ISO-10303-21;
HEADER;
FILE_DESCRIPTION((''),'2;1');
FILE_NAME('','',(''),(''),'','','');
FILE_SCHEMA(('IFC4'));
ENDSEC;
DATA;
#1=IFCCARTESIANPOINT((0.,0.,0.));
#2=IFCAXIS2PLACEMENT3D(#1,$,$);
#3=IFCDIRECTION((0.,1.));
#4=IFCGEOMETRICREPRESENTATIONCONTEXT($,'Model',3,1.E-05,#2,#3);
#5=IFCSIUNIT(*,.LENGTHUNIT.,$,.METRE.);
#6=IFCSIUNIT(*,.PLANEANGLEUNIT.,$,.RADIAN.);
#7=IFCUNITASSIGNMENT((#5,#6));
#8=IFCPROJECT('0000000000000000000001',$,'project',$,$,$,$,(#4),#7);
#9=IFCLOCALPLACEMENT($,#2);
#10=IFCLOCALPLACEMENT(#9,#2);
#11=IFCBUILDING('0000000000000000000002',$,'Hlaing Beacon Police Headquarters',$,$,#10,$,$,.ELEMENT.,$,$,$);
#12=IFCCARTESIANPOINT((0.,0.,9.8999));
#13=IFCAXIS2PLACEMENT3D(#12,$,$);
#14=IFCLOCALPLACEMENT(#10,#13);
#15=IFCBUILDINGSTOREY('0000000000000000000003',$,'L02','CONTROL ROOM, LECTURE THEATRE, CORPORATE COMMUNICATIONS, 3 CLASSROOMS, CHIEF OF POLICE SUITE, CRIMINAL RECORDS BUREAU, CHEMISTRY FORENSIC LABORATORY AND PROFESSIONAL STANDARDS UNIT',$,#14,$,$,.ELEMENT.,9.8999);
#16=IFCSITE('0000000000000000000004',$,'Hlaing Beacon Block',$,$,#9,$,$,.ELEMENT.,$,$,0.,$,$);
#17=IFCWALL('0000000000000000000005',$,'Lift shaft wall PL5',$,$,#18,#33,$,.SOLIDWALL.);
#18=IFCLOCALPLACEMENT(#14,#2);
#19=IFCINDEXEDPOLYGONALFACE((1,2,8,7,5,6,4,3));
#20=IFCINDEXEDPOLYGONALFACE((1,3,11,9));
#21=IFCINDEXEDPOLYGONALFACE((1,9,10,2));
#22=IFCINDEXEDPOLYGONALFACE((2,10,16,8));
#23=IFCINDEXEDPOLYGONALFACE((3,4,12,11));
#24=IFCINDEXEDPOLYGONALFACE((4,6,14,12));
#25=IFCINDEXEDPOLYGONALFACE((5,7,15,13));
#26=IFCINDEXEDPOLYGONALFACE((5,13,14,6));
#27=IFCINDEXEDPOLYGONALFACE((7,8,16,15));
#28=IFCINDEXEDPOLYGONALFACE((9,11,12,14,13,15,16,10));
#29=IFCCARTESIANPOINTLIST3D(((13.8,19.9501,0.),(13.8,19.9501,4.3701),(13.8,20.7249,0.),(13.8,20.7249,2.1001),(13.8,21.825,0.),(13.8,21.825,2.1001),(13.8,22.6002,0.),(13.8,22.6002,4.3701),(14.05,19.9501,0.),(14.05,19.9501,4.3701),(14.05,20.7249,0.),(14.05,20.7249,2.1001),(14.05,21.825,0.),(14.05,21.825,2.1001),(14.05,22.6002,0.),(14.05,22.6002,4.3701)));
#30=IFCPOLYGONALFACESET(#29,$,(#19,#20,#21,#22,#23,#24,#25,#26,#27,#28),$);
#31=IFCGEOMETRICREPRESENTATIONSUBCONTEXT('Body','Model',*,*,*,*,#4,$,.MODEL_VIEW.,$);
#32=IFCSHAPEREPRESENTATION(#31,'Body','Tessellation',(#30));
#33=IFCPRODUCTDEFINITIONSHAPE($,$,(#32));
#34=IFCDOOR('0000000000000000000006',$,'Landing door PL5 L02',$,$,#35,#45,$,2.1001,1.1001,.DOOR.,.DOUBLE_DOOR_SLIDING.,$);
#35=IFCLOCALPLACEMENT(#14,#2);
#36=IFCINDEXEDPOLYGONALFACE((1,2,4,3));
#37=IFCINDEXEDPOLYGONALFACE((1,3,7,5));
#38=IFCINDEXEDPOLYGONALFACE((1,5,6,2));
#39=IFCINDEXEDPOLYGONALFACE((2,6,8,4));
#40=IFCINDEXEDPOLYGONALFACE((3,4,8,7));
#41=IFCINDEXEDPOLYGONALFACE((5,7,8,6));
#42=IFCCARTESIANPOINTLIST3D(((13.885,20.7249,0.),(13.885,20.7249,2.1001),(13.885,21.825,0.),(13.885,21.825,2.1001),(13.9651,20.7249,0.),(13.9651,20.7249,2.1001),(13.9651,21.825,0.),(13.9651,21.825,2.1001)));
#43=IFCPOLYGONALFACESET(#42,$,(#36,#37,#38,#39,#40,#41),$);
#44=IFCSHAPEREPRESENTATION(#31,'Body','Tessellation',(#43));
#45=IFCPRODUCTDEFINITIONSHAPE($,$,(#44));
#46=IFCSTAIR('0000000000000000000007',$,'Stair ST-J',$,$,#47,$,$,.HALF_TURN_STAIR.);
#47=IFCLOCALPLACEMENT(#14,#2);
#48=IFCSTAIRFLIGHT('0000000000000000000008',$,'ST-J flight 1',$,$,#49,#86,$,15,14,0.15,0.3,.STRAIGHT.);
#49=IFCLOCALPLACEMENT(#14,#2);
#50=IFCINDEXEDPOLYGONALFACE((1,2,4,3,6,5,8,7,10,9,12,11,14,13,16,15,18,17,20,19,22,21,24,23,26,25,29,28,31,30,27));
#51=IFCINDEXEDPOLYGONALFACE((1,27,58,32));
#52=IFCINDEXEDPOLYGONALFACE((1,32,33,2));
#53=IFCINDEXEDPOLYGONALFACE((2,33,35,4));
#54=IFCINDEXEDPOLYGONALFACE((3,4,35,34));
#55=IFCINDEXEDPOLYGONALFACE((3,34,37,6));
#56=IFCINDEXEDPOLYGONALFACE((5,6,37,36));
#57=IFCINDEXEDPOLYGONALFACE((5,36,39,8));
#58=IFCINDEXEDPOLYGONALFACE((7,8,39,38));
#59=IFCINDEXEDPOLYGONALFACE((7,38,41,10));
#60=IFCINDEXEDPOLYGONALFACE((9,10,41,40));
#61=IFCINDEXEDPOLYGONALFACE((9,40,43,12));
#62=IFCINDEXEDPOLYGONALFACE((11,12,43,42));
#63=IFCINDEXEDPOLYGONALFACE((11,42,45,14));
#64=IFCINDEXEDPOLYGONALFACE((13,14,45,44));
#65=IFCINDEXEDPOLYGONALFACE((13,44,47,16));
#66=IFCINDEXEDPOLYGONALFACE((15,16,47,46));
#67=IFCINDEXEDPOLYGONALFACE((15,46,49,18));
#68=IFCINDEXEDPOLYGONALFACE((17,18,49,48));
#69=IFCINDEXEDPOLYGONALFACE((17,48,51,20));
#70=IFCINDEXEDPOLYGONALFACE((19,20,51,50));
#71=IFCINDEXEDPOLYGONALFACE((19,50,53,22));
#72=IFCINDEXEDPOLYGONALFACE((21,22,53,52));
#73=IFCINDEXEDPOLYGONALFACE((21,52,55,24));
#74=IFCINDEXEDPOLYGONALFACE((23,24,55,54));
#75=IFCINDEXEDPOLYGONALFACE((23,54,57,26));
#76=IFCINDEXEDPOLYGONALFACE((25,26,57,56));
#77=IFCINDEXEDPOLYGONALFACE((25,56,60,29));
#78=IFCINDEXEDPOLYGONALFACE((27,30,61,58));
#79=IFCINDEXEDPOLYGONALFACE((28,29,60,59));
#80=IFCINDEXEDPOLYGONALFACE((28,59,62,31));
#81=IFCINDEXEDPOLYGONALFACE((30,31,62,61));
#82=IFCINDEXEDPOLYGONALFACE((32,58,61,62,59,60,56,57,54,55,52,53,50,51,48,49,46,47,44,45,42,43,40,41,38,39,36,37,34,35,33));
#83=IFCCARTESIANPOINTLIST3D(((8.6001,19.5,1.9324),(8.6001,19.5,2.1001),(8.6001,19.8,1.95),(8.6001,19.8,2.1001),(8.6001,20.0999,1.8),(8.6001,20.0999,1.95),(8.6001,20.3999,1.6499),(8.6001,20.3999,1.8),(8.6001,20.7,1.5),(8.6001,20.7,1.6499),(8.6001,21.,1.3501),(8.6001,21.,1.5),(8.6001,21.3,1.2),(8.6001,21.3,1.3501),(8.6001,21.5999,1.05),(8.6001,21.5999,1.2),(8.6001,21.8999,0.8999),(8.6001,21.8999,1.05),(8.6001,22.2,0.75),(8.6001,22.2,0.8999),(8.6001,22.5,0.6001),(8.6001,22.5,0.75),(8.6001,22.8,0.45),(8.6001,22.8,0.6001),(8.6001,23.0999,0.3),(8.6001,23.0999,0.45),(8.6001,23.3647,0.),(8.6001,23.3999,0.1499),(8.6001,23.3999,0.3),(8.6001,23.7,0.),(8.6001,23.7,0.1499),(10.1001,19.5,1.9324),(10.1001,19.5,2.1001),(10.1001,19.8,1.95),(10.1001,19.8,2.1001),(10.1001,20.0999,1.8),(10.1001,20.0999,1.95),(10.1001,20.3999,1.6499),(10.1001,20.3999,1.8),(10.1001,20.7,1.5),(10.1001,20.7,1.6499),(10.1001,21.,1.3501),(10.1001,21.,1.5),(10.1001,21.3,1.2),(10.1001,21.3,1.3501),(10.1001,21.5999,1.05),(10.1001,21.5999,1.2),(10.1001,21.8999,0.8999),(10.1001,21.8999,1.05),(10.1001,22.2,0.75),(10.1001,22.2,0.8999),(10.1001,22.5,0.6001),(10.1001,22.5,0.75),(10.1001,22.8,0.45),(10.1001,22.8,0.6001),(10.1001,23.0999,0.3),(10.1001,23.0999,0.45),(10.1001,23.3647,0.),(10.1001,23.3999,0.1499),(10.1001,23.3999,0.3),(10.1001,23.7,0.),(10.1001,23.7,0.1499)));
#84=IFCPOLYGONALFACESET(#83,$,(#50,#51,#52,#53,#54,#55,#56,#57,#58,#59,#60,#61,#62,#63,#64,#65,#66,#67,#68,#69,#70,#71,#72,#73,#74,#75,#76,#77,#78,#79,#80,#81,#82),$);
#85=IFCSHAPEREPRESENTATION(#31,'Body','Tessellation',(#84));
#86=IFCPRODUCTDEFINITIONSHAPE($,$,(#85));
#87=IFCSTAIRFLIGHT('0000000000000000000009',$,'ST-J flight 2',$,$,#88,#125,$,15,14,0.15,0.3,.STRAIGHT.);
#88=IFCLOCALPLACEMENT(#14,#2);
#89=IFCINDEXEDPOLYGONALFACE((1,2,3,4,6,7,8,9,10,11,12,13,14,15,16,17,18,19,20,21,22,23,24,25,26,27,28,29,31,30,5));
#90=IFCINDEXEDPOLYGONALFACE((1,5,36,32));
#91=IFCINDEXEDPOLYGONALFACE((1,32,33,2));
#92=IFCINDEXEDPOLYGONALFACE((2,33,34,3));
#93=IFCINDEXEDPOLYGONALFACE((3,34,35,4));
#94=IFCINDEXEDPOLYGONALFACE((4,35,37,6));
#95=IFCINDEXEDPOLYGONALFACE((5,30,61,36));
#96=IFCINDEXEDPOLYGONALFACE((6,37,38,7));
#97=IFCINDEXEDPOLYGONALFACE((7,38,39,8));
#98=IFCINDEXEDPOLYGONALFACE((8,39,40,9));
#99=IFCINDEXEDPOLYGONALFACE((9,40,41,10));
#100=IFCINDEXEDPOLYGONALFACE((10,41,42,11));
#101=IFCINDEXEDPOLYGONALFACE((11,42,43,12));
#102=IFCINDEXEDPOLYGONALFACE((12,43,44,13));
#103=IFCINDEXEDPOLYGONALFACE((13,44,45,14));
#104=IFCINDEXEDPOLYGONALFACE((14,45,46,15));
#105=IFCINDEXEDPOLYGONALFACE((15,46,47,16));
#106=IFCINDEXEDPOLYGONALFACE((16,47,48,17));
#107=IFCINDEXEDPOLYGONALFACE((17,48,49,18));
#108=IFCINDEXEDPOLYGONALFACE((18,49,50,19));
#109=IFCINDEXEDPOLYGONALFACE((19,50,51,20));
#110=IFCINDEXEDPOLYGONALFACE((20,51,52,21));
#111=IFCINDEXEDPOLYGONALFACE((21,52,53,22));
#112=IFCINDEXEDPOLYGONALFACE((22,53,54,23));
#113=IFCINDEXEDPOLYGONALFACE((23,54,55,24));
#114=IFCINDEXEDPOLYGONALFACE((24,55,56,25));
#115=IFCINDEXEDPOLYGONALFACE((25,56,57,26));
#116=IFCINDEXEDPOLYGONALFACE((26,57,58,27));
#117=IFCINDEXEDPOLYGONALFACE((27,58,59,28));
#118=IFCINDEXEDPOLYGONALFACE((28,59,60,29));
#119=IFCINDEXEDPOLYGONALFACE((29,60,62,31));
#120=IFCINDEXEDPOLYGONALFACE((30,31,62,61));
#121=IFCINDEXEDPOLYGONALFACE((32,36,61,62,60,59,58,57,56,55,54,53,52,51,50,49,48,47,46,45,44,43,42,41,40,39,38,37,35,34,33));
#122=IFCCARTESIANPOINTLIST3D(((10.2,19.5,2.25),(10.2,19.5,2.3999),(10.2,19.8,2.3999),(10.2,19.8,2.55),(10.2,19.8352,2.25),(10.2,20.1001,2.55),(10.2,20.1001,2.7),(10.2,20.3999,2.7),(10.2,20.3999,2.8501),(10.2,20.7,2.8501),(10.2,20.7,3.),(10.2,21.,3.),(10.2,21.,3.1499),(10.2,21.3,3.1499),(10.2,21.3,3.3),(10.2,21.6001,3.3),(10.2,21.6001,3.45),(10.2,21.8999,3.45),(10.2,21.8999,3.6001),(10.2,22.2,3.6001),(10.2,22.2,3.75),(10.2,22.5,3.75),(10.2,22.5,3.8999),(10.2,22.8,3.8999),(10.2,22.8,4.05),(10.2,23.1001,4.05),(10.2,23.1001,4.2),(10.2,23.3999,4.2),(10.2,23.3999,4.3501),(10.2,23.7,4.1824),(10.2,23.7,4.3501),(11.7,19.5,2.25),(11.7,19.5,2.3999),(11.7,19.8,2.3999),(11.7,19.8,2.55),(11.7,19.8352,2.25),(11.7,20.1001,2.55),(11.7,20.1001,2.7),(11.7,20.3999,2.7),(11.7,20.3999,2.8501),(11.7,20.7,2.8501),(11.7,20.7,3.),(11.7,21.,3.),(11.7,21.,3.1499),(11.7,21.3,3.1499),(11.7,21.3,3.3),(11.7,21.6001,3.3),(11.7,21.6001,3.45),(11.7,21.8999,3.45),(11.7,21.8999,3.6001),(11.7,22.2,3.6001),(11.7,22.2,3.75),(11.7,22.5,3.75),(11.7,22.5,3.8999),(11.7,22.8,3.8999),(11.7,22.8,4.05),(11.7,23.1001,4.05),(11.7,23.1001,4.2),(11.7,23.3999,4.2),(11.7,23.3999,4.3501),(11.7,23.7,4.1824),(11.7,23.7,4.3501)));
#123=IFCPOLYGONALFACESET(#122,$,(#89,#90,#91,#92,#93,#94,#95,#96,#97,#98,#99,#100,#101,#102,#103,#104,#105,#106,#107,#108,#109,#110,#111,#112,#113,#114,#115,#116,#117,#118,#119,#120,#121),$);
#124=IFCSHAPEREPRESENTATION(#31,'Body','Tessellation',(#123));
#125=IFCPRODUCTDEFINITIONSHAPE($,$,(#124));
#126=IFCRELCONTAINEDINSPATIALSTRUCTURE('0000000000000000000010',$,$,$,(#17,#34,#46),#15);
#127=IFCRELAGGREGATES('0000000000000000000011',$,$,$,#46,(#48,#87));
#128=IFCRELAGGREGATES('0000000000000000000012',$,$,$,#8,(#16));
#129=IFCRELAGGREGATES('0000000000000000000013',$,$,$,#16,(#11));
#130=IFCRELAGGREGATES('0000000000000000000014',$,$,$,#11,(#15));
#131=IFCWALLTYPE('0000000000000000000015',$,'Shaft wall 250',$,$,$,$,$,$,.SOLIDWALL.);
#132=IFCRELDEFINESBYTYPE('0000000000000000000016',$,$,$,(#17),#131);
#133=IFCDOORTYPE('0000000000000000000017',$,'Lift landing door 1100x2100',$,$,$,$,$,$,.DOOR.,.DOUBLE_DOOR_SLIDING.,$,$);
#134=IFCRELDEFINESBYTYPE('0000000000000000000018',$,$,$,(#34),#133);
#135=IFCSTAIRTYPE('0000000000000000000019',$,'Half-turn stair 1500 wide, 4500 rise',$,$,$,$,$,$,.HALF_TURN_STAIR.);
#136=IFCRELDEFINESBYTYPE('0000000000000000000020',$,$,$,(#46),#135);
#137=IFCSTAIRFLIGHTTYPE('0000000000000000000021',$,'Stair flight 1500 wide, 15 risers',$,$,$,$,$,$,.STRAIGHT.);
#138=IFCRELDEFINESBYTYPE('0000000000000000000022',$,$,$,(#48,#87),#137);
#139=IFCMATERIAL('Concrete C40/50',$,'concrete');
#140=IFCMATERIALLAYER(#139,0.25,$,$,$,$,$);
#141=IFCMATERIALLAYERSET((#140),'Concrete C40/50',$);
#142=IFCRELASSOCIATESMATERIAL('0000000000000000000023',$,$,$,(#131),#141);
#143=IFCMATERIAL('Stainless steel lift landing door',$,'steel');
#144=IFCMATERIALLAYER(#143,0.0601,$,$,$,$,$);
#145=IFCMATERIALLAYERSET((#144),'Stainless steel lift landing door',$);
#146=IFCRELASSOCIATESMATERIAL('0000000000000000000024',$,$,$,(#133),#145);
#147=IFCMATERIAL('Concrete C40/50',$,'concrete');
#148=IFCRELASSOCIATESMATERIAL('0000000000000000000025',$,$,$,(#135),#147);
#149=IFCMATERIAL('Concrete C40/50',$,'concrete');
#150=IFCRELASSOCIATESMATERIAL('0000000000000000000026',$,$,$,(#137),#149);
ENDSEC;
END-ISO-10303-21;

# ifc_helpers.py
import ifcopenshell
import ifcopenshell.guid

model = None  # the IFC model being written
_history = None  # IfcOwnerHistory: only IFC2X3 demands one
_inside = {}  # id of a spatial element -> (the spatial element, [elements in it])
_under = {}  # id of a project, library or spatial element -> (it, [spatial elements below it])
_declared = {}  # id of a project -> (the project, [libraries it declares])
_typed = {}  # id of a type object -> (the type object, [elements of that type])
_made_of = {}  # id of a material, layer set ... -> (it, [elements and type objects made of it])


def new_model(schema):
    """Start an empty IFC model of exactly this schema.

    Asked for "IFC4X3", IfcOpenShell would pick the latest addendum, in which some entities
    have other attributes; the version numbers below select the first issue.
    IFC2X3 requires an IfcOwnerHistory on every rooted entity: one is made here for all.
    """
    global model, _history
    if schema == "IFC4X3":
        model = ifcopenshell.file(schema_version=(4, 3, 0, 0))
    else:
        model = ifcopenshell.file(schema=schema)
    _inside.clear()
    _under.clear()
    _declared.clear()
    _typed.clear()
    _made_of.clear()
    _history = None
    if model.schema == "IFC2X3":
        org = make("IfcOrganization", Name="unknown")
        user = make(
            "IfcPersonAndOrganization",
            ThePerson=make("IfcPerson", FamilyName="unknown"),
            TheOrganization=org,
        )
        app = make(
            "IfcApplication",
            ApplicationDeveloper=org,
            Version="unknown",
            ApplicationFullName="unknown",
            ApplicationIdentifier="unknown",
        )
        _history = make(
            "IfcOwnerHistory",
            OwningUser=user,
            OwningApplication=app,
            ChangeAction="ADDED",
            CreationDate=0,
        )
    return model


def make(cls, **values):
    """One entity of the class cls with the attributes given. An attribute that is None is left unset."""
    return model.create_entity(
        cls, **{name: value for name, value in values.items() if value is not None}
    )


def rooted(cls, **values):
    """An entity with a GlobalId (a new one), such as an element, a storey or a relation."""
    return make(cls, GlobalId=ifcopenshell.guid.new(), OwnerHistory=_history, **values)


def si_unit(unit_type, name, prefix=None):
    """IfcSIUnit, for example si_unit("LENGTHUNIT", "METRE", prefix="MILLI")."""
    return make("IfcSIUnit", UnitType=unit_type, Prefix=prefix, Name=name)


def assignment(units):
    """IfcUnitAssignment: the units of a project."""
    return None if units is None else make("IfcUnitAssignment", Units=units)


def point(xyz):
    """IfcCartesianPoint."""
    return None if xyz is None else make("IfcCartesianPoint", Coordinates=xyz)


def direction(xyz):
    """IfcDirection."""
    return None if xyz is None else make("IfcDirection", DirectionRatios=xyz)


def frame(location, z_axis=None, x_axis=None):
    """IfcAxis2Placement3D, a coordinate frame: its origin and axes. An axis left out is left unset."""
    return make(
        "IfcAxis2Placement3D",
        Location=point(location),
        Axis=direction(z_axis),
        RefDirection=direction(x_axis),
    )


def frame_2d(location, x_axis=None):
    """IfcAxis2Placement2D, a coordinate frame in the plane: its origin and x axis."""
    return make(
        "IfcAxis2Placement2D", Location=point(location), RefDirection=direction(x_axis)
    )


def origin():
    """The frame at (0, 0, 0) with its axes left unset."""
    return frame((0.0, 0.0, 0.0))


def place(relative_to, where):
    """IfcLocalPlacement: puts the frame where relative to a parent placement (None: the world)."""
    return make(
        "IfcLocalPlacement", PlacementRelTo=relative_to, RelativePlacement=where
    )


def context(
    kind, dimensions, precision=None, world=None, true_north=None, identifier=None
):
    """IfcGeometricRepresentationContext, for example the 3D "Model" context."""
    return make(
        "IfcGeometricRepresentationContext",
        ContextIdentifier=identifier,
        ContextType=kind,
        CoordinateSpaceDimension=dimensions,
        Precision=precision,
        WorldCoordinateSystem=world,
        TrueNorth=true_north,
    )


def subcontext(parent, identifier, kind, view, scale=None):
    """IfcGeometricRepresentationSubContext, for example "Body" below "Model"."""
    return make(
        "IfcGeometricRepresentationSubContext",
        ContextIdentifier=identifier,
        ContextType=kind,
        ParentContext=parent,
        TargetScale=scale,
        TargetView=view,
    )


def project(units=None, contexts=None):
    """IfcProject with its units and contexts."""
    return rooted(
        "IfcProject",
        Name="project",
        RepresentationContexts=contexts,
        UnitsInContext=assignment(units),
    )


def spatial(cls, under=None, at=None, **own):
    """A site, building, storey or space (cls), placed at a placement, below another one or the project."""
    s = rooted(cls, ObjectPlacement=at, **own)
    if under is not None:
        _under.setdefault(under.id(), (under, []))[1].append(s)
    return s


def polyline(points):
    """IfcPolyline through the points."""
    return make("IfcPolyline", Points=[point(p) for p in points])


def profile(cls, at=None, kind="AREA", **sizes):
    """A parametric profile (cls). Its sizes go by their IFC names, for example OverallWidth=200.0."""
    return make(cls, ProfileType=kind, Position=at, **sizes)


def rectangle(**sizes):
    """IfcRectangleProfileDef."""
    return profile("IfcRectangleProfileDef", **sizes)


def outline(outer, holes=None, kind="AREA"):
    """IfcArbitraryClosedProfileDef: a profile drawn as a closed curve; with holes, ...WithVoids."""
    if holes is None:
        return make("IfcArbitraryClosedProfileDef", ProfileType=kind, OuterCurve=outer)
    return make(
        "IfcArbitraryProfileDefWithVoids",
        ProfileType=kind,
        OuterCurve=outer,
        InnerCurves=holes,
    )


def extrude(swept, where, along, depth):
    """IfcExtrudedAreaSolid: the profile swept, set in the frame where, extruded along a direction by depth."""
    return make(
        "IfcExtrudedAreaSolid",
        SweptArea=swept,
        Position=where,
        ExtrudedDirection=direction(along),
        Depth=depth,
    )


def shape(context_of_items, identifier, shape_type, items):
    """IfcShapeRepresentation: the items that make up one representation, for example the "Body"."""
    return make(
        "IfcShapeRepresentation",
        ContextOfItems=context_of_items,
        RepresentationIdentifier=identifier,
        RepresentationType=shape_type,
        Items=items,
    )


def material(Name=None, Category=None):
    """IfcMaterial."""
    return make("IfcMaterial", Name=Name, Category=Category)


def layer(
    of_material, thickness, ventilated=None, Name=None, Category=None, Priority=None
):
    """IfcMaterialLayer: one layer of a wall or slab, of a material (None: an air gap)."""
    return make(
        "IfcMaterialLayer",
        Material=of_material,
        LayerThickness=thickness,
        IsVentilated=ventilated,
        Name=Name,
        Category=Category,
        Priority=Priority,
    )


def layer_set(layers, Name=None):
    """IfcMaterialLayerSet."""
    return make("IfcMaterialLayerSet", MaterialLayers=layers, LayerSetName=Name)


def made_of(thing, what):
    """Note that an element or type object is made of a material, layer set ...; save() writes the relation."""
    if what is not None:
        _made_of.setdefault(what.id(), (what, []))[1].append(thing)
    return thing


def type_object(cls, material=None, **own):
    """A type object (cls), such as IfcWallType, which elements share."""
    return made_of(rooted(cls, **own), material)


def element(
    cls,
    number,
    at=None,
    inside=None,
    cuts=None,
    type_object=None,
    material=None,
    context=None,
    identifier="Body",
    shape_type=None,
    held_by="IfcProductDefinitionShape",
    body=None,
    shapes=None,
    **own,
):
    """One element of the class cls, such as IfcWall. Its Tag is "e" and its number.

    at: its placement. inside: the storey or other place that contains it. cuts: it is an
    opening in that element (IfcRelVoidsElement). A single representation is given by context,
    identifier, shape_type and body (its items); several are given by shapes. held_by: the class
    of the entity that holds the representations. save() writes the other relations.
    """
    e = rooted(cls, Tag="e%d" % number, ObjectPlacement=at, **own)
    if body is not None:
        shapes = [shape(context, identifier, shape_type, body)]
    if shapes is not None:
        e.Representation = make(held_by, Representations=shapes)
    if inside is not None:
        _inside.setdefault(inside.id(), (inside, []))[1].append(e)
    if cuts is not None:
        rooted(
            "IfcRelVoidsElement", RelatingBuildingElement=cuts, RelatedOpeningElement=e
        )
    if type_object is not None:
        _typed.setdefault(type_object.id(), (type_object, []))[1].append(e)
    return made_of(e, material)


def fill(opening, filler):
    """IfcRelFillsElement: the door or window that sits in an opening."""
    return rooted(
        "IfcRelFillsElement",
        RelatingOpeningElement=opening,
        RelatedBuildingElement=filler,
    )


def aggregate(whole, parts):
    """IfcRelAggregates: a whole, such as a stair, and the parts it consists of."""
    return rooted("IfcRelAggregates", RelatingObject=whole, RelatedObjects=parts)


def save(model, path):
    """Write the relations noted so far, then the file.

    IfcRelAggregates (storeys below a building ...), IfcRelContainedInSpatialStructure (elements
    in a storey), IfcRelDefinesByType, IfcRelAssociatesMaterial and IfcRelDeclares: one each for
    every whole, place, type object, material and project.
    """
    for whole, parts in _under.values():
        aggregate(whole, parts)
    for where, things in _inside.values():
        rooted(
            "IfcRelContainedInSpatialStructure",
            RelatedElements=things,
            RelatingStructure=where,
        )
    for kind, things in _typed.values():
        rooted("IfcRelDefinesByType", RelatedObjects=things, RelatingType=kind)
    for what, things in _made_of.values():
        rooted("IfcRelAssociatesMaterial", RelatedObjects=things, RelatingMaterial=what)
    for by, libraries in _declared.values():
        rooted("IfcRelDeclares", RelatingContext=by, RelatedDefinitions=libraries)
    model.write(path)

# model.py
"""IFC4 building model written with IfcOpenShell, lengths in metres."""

from ifc_helpers import new_model, si_unit, direction, frame, frame_2d, origin, place, context, subcontext, project, spatial, polyline, rectangle, outline, extrude, material, layer, layer_set, type_object, element, fill, aggregate, save


model = new_model("IFC4")

# Units and contexts
model_context = context("Model", 3, precision=1e-05, world=origin(), true_north=direction((0.0, 1.0)))
body_context = subcontext(model_context, "Body", "Model", "MODEL_VIEW")
ifc_project = project(units=[si_unit("LENGTHUNIT", "METRE"), si_unit("PLANEANGLEUNIT", "RADIAN")], contexts=[model_context])

# Site, building, storey
site_placement = place(None, origin())
site = spatial("IfcSite", under=ifc_project, at=site_placement, Name="Hlaing Beacon Block", CompositionType="ELEMENT", RefElevation=0.0)
building_placement = place(site_placement, origin())
building = spatial("IfcBuilding", under=site, at=building_placement, Name="Hlaing Beacon Police Headquarters", CompositionType="ELEMENT")
storey_placement = place(building_placement, frame((0.0, 0.0, 9.8999)))
storey = spatial("IfcBuildingStorey", under=building, at=storey_placement, Name="L02", Description="CONTROL ROOM, LECTURE THEATRE, CORPORATE COMMUNICATIONS, 3 CLASSROOMS, CHIEF OF POLICE SUITE, CRIMINAL RECORDS BUREAU, CHEMISTRY FORENSIC LABORATORY AND PROFESSIONAL STANDARDS UNIT", CompositionType="ELEMENT", Elevation=9.8999)

# Shared definitions
ifc_material_1 = material(Name="Concrete C40/50", Category="concrete")
ifc_layer_1 = layer(ifc_material_1, 0.25)
ifc_layer_set_1 = layer_set([ifc_layer_1], Name="Concrete C40/50")
wall_type_1 = type_object("IfcWallType", Name="Shaft wall 250", PredefinedType="SOLIDWALL", material=ifc_layer_set_1)

# Wall, opening, door
wall_1_placement = place(storey_placement, frame((13.925, 19.95, 0.0), z_axis=(0.0, 0.0, 1.0), x_axis=(0.0, 1.0, 0.0)))
wall_1 = element("IfcWall", 1, at=wall_1_placement, inside=storey, type_object=wall_type_1, Name="Lift shaft wall PL5", PredefinedType="SOLIDWALL", context=body_context, shape_type="SweptSolid", body=[
    extrude(rectangle(XDim=2.6501, YDim=0.25, at=frame_2d((1.3252, 0.0))), origin(), (0.0, 0.0, 1.0), 4.3701),
])
opening_1_placement = place(wall_1_placement, frame((0.7749, 0.0, 0.0)))
opening_1 = element("IfcOpeningElement", 2, at=opening_1_placement, cuts=wall_1, PredefinedType="OPENING", context=body_context, shape_type="SweptSolid", body=[
    extrude(rectangle(XDim=1.1001, YDim=2.1001, at=frame_2d((0.55, 1.05))), frame((0.0, 0.135, 0.0), z_axis=(0.0, -1.0, 0.0), x_axis=(1.0, 0.0, 0.0)), (0.0, 0.0, 1.0), 0.27),
])
ifc_material_2 = material(Name="Stainless steel lift landing door", Category="steel")
ifc_layer_2 = layer(ifc_material_2, 0.0601)
ifc_layer_set_2 = layer_set([ifc_layer_2], Name="Stainless steel lift landing door")
door_type_1 = type_object("IfcDoorType", Name="Lift landing door 1100x2100", OperationType="DOUBLE_DOOR_SLIDING", PredefinedType="DOOR", material=ifc_layer_set_2)
door_1_placement = place(opening_1_placement, origin())
door_1 = element("IfcDoor", 3, at=door_1_placement, inside=storey, type_object=door_type_1, Name="Landing door PL5 L02", OperationType="DOUBLE_DOOR_SLIDING", OverallHeight=2.1001, OverallWidth=1.1001, PredefinedType="DOOR", context=body_context, shape_type="SweptSolid", body=[
    extrude(rectangle(XDim=1.1001, YDim=2.1001, at=frame_2d((0.55, 1.05))), frame((0.0, 0.04, 0.0), z_axis=(0.0, -1.0, 0.0), x_axis=(1.0, 0.0, 0.0)), (0.0, 0.0, 1.0), 0.0801),
])
fill(opening_1, door_1)

# Stair, stair flights
ifc_material_3 = material(Name="Concrete C40/50", Category="concrete")
stair_type = type_object("IfcStairType", Name="Half-turn stair 1500 wide, 4500 rise", PredefinedType="HALF_TURN_STAIR", material=ifc_material_3)
stair_placement = place(storey_placement, origin())
stair = element("IfcStair", 4, at=stair_placement, inside=storey, type_object=stair_type, Name="Stair ST-J", PredefinedType="HALF_TURN_STAIR")
ifc_material_4 = material(Name="Concrete C40/50", Category="concrete")
stair_flight_type = type_object("IfcStairFlightType", Name="Stair flight 1500 wide, 15 risers", PredefinedType="STRAIGHT", material=ifc_material_4)
stair_flight_1_placement = place(storey_placement, frame((9.3501, 23.7, 0.0), z_axis=(0.0, 0.0, 1.0), x_axis=(0.0, -1.0, 0.0)))
stair_flight_1 = element("IfcStairFlight", 5, at=stair_flight_1_placement, type_object=stair_flight_type, Name="ST-J flight 1", NumberOfRisers=15, NumberOfTreads=14, PredefinedType="STRAIGHT", RiserHeight=0.15, TreadLength=0.3, context=body_context, shape_type="SweptSolid", body=[
    extrude(outline(polyline([(0.0, 0.0), (0.0, 0.1499), (0.3, 0.1499), (0.3, 0.3), (0.6001, 0.3), (0.6001, 0.45), (0.8999, 0.45), (0.8999, 0.6001), (1.2, 0.6001), (1.2, 0.75), (1.5, 0.75), (1.5, 0.8999), (1.8, 0.8999), (1.8, 1.05), (2.1001, 1.05), (2.1001, 1.2), (2.3999, 1.2), (2.3999, 1.3501), (2.7, 1.3501), (2.7, 1.5), (3.0, 1.5), (3.0, 1.6499), (3.3, 1.6499), (3.3, 1.8), (3.6001, 1.8), (3.6001, 1.95), (3.8999, 1.95), (3.8999, 2.1001), (4.2, 2.1001), (4.2, 2.25), (4.2, 1.9324), (0.3352, 0.0), (0.0, 0.0)])), frame((0.0, 0.75, 0.0), z_axis=(0.0, -1.0, 0.0), x_axis=(1.0, 0.0, 0.0)), (0.0, 0.0, 1.0), 1.5),
])
stair_flight_2_placement = place(storey_placement, frame((10.95, 19.5, 2.25), z_axis=(0.0, 0.0, 1.0), x_axis=(0.0, 1.0, 0.0)))
stair_flight_2 = element("IfcStairFlight", 6, at=stair_flight_2_placement, type_object=stair_flight_type, Name="ST-J flight 2", NumberOfRisers=15, NumberOfTreads=14, PredefinedType="STRAIGHT", RiserHeight=0.15, TreadLength=0.3, context=body_context, shape_type="SweptSolid", body=[
    extrude(outline(polyline([(0.0, 0.0), (0.0, 0.1499), (0.3, 0.1499), (0.3, 0.3), (0.6001, 0.3), (0.6001, 0.45), (0.8999, 0.45), (0.8999, 0.6001), (1.2, 0.6001), (1.2, 0.75), (1.5, 0.75), (1.5, 0.8999), (1.8, 0.8999), (1.8, 1.05), (2.1001, 1.05), (2.1001, 1.2), (2.3999, 1.2), (2.3999, 1.3501), (2.7, 1.3501), (2.7, 1.5), (3.0, 1.5), (3.0, 1.6499), (3.3, 1.6499), (3.3, 1.8), (3.6001, 1.8), (3.6001, 1.95), (3.8999, 1.95), (3.8999, 2.1001), (4.2, 2.1001), (4.2, 2.25), (4.2, 1.9324), (0.3352, 0.0), (0.0, 0.0)])), frame((0.0, 0.75, 0.0), z_axis=(0.0, -1.0, 0.0), x_axis=(1.0, 0.0, 0.0)), (0.0, 0.0, 1.0), 1.5),
])
aggregate(stair, [stair_flight_1, stair_flight_2])

save(model, "model.ifc")
